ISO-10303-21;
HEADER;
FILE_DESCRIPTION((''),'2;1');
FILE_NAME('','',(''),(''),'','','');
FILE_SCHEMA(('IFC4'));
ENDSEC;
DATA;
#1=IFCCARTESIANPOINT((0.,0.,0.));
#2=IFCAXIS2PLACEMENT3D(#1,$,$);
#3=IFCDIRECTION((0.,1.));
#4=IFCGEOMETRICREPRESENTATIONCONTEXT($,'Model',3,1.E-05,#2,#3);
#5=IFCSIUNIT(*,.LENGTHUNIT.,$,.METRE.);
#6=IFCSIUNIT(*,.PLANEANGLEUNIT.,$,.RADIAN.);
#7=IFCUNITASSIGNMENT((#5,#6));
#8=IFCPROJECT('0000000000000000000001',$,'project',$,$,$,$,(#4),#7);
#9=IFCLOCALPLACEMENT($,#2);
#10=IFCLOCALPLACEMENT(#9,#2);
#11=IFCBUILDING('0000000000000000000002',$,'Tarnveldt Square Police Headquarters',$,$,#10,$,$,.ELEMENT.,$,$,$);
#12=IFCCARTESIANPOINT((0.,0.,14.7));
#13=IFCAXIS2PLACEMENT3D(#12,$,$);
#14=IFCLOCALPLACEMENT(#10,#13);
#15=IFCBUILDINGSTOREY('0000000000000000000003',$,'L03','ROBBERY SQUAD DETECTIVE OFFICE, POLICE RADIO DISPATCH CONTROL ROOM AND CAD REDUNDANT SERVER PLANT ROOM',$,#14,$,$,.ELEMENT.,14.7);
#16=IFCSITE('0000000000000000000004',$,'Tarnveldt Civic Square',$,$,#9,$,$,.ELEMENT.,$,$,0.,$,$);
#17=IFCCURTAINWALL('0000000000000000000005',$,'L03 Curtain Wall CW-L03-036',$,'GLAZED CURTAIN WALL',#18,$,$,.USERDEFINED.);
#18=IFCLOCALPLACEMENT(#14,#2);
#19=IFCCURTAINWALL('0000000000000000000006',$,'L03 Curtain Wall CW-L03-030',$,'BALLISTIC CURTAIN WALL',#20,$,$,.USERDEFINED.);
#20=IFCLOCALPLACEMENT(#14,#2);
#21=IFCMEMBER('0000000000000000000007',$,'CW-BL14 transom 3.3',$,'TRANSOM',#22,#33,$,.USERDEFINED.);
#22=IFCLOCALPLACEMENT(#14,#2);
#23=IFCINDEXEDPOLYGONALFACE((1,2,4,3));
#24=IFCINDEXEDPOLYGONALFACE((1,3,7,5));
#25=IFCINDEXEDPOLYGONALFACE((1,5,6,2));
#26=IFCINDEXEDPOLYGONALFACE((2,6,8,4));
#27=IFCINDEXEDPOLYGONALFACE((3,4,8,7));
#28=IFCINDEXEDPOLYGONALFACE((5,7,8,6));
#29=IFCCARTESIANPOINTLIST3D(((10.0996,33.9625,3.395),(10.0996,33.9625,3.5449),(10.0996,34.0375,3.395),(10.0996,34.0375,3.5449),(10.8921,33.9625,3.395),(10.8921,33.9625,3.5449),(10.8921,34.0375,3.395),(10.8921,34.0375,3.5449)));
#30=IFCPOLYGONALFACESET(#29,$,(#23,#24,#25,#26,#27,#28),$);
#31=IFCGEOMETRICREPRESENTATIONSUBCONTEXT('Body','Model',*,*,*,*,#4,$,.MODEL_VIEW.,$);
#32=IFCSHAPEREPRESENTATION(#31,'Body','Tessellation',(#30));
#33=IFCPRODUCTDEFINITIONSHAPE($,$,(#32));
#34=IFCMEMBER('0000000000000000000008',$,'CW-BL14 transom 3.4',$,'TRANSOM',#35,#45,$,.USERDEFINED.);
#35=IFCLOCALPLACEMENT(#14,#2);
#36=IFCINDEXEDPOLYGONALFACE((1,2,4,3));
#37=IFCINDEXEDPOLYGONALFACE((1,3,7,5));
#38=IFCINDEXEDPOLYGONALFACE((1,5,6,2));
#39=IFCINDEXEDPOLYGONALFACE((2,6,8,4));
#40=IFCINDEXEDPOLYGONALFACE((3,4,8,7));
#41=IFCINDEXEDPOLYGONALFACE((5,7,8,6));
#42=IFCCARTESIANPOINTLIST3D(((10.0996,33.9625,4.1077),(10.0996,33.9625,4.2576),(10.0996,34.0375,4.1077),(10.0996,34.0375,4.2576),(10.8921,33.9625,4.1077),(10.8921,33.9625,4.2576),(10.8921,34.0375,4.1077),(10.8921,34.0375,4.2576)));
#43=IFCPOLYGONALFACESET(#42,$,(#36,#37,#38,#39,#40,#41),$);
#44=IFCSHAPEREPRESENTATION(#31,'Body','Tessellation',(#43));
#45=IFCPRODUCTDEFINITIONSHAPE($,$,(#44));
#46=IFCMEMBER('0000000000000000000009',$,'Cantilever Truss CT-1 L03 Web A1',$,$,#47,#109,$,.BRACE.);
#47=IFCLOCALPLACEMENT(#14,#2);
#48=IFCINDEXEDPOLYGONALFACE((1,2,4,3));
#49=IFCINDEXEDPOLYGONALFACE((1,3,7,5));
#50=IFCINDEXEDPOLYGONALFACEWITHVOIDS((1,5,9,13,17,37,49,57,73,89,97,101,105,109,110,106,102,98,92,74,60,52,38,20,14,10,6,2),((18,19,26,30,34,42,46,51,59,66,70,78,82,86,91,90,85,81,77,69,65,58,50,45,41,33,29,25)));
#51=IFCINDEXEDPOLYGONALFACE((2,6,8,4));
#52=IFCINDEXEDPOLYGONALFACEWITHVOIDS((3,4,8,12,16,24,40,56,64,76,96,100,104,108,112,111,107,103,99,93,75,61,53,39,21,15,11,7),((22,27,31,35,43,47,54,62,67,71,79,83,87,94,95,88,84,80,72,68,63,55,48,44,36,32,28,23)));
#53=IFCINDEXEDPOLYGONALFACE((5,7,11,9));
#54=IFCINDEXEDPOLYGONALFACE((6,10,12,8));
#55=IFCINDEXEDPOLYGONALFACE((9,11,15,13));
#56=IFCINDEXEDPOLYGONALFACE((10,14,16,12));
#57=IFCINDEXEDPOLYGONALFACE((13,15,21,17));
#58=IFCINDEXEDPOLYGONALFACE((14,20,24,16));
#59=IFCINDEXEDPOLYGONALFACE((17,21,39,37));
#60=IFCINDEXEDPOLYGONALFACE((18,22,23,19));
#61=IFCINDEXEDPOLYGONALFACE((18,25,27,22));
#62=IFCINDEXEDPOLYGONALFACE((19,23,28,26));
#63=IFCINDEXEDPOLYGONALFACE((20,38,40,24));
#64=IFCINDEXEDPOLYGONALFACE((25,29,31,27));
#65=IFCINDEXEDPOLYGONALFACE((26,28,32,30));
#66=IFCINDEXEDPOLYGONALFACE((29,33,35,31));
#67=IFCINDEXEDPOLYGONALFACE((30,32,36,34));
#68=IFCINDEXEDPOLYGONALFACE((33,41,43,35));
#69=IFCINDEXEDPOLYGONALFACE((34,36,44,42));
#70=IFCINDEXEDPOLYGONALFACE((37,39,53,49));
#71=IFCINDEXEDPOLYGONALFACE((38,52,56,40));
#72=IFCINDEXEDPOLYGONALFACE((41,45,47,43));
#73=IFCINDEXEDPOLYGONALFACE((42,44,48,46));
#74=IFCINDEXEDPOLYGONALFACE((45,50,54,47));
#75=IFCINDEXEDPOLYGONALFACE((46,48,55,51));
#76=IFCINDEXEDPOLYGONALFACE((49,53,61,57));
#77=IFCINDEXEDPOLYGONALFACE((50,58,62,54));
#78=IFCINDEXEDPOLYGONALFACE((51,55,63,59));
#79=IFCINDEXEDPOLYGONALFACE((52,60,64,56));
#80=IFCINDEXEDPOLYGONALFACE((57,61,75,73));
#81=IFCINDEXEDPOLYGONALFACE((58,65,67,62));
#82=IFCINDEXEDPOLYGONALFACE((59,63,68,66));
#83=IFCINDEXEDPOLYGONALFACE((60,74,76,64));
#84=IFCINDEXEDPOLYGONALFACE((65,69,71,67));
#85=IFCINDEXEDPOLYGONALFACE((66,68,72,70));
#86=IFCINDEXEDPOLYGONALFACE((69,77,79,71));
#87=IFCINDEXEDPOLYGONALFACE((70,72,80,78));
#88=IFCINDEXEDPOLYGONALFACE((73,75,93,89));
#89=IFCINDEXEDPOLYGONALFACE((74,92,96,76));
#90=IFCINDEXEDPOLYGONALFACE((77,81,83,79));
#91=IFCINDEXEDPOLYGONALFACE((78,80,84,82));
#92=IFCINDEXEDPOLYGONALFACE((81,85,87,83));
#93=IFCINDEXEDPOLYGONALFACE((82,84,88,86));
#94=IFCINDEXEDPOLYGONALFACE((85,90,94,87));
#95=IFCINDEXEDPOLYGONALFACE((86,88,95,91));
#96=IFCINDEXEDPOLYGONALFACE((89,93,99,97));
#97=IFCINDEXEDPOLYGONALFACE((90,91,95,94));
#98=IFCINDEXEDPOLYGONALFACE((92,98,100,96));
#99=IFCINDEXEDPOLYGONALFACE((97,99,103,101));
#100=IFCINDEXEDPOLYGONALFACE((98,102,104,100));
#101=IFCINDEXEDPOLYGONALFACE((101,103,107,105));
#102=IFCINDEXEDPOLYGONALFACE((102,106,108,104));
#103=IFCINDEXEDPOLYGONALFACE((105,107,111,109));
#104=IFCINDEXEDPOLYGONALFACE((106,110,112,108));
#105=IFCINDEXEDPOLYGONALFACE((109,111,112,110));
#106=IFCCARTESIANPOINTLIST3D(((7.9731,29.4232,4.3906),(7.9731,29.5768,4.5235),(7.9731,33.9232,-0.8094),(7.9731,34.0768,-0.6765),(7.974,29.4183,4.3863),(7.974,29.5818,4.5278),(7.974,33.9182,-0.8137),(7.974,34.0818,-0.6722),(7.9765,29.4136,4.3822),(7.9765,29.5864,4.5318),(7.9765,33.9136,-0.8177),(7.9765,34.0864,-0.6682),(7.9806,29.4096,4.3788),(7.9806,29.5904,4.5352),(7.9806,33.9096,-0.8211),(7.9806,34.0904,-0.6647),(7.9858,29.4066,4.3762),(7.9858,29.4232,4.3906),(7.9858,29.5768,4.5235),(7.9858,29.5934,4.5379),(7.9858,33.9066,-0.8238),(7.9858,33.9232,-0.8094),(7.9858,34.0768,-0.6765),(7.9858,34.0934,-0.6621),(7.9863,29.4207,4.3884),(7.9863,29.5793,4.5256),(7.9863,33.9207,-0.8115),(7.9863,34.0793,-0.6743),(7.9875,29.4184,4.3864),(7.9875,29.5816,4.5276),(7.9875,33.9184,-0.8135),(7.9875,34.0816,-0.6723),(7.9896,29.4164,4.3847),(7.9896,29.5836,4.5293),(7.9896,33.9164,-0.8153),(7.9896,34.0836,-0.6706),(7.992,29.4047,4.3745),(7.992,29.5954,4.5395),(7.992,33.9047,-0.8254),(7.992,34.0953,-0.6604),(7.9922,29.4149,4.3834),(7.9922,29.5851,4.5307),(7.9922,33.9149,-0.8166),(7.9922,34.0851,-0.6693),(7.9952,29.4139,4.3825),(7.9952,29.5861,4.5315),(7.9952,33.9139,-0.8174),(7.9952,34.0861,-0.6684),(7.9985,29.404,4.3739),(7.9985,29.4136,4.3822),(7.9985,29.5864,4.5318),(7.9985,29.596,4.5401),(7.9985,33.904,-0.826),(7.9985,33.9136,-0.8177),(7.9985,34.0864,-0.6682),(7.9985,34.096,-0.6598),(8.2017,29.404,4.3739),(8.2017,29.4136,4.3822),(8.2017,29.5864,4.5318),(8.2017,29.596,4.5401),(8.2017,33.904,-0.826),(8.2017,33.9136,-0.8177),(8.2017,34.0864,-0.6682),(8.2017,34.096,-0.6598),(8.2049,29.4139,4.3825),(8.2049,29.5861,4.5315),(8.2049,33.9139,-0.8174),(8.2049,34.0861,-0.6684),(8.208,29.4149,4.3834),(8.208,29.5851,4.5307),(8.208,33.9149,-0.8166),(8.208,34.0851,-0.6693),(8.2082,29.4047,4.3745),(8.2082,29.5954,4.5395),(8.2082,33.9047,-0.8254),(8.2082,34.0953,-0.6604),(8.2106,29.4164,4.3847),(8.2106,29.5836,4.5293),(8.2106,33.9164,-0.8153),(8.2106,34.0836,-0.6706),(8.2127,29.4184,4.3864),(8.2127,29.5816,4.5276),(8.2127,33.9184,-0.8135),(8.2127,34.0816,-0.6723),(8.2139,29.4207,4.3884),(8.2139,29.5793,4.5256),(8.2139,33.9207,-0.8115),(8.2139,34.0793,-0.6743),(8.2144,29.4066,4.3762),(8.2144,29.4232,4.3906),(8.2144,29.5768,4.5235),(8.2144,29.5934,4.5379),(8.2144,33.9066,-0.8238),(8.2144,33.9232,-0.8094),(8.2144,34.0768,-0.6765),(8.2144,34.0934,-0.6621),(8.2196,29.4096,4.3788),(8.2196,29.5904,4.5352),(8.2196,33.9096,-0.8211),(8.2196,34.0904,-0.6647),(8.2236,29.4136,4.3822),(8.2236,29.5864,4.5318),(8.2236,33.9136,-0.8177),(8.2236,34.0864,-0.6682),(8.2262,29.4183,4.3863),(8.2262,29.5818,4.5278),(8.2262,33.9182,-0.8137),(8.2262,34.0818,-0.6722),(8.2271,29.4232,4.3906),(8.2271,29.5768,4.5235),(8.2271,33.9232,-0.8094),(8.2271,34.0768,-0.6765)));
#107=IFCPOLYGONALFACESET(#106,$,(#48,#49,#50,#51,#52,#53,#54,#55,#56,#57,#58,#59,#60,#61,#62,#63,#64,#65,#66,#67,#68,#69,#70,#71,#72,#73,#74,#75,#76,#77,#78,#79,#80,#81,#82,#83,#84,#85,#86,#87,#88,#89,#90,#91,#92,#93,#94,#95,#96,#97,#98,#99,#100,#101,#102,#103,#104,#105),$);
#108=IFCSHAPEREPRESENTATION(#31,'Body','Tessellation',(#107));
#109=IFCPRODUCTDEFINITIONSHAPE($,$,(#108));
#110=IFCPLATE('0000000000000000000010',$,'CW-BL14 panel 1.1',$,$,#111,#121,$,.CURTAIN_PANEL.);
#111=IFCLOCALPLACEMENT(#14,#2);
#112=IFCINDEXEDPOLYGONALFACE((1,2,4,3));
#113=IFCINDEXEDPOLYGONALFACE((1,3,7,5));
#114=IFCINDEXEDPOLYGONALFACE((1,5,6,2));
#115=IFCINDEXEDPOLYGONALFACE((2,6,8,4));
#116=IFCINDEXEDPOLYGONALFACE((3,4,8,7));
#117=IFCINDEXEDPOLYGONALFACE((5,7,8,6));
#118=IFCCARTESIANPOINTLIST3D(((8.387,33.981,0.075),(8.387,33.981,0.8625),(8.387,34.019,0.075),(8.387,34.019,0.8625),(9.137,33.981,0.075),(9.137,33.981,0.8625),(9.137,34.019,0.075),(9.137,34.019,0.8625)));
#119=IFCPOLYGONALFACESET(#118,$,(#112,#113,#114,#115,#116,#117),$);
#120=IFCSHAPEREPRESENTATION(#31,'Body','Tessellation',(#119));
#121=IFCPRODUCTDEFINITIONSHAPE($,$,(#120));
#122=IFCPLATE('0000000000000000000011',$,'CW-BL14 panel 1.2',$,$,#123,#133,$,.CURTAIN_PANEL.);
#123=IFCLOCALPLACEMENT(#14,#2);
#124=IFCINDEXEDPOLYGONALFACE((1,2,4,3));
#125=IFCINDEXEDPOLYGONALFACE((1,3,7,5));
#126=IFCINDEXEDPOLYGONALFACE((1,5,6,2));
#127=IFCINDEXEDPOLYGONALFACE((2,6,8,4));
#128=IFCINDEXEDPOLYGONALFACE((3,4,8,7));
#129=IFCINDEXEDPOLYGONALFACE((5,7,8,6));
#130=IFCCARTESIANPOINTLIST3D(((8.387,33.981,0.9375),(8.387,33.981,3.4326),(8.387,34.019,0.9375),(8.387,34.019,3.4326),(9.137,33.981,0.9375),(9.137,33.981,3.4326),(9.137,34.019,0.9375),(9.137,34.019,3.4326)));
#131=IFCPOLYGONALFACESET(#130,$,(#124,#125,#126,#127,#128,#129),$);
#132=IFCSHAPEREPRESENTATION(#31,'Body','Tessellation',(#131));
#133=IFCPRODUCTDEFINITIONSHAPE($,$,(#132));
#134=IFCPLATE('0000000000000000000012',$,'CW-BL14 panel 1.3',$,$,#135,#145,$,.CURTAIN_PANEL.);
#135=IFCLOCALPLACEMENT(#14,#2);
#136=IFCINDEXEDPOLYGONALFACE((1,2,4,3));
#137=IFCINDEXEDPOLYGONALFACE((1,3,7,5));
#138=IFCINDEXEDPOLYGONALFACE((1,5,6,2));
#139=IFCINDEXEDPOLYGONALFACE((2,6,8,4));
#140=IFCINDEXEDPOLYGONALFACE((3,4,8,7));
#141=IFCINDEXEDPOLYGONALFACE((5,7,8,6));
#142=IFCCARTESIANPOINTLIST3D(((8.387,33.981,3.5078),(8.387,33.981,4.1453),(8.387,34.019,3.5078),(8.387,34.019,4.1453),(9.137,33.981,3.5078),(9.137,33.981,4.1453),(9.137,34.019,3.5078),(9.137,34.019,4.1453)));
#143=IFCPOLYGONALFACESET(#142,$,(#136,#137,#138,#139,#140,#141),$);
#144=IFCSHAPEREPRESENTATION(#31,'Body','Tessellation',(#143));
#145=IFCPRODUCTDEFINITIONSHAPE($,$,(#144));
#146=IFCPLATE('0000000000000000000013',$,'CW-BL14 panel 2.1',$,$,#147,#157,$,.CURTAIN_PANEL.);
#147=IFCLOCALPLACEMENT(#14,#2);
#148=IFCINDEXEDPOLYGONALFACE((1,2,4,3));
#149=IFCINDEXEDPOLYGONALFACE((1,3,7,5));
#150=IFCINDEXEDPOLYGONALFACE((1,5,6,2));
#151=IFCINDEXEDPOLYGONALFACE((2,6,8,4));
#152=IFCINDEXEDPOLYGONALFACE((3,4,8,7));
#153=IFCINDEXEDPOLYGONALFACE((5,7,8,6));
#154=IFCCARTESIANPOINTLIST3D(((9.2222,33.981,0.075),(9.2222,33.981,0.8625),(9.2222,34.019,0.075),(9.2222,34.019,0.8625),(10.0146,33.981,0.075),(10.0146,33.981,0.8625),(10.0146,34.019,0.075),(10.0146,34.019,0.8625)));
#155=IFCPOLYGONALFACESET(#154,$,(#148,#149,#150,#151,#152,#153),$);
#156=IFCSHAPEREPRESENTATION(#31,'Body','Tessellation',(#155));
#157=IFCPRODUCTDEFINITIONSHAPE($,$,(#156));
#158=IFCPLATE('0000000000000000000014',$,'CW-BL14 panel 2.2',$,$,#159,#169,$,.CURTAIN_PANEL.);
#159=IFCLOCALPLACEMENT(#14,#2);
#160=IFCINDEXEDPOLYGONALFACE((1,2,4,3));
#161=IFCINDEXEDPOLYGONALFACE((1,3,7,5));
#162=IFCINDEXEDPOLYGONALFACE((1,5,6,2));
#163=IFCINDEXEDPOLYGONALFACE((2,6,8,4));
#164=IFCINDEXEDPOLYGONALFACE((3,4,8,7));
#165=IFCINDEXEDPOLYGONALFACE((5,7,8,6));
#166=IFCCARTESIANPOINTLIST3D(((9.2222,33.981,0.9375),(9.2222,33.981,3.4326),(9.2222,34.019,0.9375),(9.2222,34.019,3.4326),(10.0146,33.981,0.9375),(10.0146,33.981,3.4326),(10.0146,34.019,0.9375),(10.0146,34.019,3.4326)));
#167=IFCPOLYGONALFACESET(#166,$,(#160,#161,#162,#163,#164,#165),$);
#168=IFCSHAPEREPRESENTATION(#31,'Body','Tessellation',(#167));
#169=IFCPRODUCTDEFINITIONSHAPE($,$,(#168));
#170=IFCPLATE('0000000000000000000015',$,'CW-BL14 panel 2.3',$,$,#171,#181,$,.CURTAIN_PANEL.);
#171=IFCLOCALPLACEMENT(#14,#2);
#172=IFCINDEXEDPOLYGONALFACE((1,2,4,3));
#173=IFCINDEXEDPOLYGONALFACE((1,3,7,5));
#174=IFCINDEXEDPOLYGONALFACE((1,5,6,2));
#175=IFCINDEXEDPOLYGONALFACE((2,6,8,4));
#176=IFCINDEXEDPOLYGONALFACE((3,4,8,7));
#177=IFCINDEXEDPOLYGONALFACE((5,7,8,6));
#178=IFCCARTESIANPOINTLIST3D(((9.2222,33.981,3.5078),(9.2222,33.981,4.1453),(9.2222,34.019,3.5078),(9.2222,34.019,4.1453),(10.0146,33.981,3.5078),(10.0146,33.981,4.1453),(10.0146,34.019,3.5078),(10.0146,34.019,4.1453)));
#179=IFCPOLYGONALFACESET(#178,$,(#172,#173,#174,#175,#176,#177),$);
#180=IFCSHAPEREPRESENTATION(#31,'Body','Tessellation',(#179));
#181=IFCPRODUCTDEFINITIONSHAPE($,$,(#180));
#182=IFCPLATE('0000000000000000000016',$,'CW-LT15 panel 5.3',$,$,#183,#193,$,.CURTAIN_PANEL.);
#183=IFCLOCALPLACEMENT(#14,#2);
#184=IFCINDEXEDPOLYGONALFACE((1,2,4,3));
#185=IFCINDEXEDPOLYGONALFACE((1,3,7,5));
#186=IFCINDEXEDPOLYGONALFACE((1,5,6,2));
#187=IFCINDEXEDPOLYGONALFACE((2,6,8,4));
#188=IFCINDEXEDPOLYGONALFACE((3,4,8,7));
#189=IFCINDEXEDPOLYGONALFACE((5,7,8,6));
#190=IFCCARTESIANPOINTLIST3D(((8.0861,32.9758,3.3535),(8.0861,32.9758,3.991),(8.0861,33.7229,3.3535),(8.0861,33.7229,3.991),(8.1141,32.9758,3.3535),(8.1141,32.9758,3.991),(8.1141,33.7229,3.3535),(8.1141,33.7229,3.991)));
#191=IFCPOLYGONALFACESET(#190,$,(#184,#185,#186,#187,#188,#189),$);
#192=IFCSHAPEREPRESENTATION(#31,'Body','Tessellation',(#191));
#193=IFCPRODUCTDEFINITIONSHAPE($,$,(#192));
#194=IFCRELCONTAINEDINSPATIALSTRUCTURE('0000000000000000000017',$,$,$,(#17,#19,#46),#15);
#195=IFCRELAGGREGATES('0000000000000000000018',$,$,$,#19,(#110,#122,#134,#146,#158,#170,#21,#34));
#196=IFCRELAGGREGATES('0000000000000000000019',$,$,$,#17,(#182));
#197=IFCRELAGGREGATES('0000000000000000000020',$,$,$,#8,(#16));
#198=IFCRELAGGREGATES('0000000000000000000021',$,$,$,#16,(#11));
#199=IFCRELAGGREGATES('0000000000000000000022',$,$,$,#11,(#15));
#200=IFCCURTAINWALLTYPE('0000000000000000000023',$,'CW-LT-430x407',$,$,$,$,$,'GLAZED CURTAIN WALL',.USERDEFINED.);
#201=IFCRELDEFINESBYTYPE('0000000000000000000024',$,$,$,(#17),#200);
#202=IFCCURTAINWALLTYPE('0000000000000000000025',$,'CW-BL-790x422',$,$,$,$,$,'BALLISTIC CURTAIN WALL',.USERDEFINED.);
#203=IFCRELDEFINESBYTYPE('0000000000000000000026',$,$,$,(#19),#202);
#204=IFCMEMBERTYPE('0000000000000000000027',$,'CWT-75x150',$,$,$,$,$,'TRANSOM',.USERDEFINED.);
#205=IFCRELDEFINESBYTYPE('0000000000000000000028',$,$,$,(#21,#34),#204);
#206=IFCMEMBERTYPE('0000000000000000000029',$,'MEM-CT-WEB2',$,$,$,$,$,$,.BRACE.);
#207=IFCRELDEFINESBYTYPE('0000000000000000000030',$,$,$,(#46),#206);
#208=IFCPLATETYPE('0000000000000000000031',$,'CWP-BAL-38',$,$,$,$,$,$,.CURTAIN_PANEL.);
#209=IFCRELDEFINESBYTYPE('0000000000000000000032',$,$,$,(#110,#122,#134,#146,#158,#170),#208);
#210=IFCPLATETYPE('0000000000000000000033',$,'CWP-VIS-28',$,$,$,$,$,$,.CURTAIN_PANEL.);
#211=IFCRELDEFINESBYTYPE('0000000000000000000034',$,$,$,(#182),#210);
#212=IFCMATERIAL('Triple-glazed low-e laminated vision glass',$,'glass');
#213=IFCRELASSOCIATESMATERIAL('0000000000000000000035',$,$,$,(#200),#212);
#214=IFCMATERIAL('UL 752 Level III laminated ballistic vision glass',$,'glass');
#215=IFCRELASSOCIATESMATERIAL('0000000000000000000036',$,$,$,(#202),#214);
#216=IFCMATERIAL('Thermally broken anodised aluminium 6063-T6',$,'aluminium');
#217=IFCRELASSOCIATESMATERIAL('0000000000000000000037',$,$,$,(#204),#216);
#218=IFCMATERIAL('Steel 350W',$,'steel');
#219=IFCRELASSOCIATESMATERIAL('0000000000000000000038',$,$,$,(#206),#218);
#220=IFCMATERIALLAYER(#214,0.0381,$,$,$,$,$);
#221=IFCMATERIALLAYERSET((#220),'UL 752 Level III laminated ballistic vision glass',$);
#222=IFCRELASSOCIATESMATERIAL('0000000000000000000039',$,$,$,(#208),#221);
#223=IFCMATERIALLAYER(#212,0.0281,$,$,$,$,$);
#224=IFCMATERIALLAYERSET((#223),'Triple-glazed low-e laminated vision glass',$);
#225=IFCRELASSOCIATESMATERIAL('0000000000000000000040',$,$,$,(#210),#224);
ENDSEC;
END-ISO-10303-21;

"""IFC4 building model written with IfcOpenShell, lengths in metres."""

from ifc_helpers import new_model, si_unit, direction, frame, origin, origin_2d, place, context, subcontext, project, spatial, rectangle, hollow_rectangle, extrude, material, layer, layer_set, material_profile, profile_set, type_object, element, aggregate, save


model = new_model("IFC4")

# Units and contexts
model_context = context("Model", 3, precision=1e-05, world=origin(), true_north=direction((0.0, 1.0)))
body_context = subcontext(model_context, "Body", "Model", "MODEL_VIEW")
ifc_project = project(units=[si_unit("LENGTHUNIT", "METRE"), si_unit("PLANEANGLEUNIT", "RADIAN")], contexts=[model_context])

# Site, building, storey
site_placement = place(None, origin())
site = spatial("IfcSite", under=ifc_project, at=site_placement, Name="Tarnveldt Civic Square", CompositionType="ELEMENT", RefElevation=0.0)
building_placement = place(site_placement, origin())
building = spatial("IfcBuilding", under=site, at=building_placement, Name="Tarnveldt Square Police Headquarters", CompositionType="ELEMENT")
storey_placement = place(building_placement, frame((0.0, 0.0, 14.7)))
storey = spatial("IfcBuildingStorey", under=building, at=storey_placement, Name="L03", Description="ROBBERY SQUAD DETECTIVE OFFICE, POLICE RADIO DISPATCH CONTROL ROOM AND CAD REDUNDANT SERVER PLANT ROOM", CompositionType="ELEMENT", Elevation=14.7)

# Shared definitions
ifc_material_1 = material(Name="Steel 350W", Category="steel")

# Curtain wall
ifc_material_2 = material(Name="Triple-glazed low-e laminated vision glass", Category="glass")
curtain_wall_type_1 = type_object("IfcCurtainWallType", Name="CW-LT-430x407", ElementType="GLAZED CURTAIN WALL", PredefinedType="USERDEFINED", material=ifc_material_2)
curtain_wall_1_placement = place(storey_placement, origin())
curtain_wall_1 = element("IfcCurtainWall", 1, at=curtain_wall_1_placement, inside=storey, type_object=curtain_wall_type_1, Name="L03 Curtain Wall CW-L03-036", ObjectType="GLAZED CURTAIN WALL", PredefinedType="USERDEFINED")
ifc_material_3 = material(Name="Thermally broken anodised aluminium 6063-T6", Category="aluminium")

# Curtain wall, members
ifc_material_4 = material(Name="UL 752 Level III laminated ballistic vision glass", Category="glass")
curtain_wall_type_2 = type_object("IfcCurtainWallType", Name="CW-BL-790x422", ElementType="BALLISTIC CURTAIN WALL", PredefinedType="USERDEFINED", material=ifc_material_4)
curtain_wall_2_placement = place(storey_placement, origin())
curtain_wall_2 = element("IfcCurtainWall", 2, at=curtain_wall_2_placement, inside=storey, type_object=curtain_wall_type_2, Name="L03 Curtain Wall CW-L03-030", ObjectType="BALLISTIC CURTAIN WALL", PredefinedType="USERDEFINED")
ifc_material_profile_1 = material_profile(ifc_material_3, rectangle(XDim=0.075, YDim=0.1499, at=origin_2d()), Name="CW-T75x150")
ifc_profile_set_1 = profile_set([ifc_material_profile_1], Name="Thermally broken anodised aluminium 6063-T6")
member_type_1 = type_object("IfcMemberType", Name="CWT-75x150", ElementType="TRANSOM", PredefinedType="USERDEFINED", material=ifc_profile_set_1)
member_1_placement = place(storey_placement, frame((10.0996, 34.0, 3.47), z_axis=(1.0, 0.0, 0.0), x_axis=(0.0, 1.0, 0.0)))
member_1 = element("IfcMember", 3, at=member_1_placement, type_object=member_type_1, Name="CW-BL14 transom 3.3", ObjectType="TRANSOM", PredefinedType="USERDEFINED", context=body_context, shape_type="SweptSolid", body=[
    extrude(rectangle(XDim=0.075, YDim=0.1499, at=origin_2d()), origin(), (0.0, 0.0, 1.0), 0.7925),
])
member_2_placement = place(storey_placement, frame((10.0996, 34.0, 4.1826), z_axis=(1.0, 0.0, 0.0), x_axis=(0.0, 1.0, 0.0)))
member_2 = element("IfcMember", 4, at=member_2_placement, type_object=member_type_1, Name="CW-BL14 transom 3.4", ObjectType="TRANSOM", PredefinedType="USERDEFINED", context=body_context, shape_type="SweptSolid", body=[
    extrude(rectangle(XDim=0.075, YDim=0.1499, at=origin_2d()), origin(), (0.0, 0.0, 1.0), 0.7925),
])

# Member
ifc_material_profile_2 = material_profile(ifc_material_1, hollow_rectangle(XDim=0.2539, YDim=0.2539, WallThickness=0.0127, InnerFilletRadius=0.0127, OuterFilletRadius=0.0254, at=origin_2d()), Name="HSS254x254x13")
ifc_profile_set_2 = profile_set([ifc_material_profile_2], Name="Steel 350W")
member_type_2 = type_object("IfcMemberType", Name="MEM-CT-WEB2", PredefinedType="BRACE", material=ifc_profile_set_2)
member_3_placement = place(storey_placement, frame((8.1001, 34.0, -0.7429), z_axis=(0.0, -0.65438, 0.756166), x_axis=(1.0, 0.0, 0.0)))
element("IfcMember", 5, at=member_3_placement, inside=storey, type_object=member_type_2, Name="Cantilever Truss CT-1 L03 Web A1", PredefinedType="BRACE", context=body_context, shape_type="SweptSolid", body=[
    extrude(hollow_rectangle(XDim=0.2539, YDim=0.2539, WallThickness=0.0127, InnerFilletRadius=0.0127, OuterFilletRadius=0.0254, at=origin_2d()), origin(), (0.0, 0.0, 1.0), 6.8767),
])

# Plates
ifc_layer_1 = layer(ifc_material_4, 0.0381)
ifc_layer_set_1 = layer_set([ifc_layer_1], Name="UL 752 Level III laminated ballistic vision glass")
plate_type_1 = type_object("IfcPlateType", Name="CWP-BAL-38", PredefinedType="CURTAIN_PANEL", material=ifc_layer_set_1)
plate_1_placement = place(storey_placement, frame((8.762, 34.0, 0.075), z_axis=(0.0, 0.0, 1.0), x_axis=(1.0, 0.0, 0.0)))
plate_1 = element("IfcPlate", 6, at=plate_1_placement, type_object=plate_type_1, Name="CW-BL14 panel 1.1", PredefinedType="CURTAIN_PANEL", context=body_context, shape_type="SweptSolid", body=[
    extrude(rectangle(XDim=0.75, YDim=0.0381, at=origin_2d()), origin(), (0.0, 0.0, 1.0), 0.7876),
])
plate_2_placement = place(storey_placement, frame((8.762, 34.0, 0.9375), z_axis=(0.0, 0.0, 1.0), x_axis=(1.0, 0.0, 0.0)))
plate_2 = element("IfcPlate", 7, at=plate_2_placement, type_object=plate_type_1, Name="CW-BL14 panel 1.2", PredefinedType="CURTAIN_PANEL", context=body_context, shape_type="SweptSolid", body=[
    extrude(rectangle(XDim=0.75, YDim=0.0381, at=origin_2d()), origin(), (0.0, 0.0, 1.0), 2.4951),
])
plate_3_placement = place(storey_placement, frame((8.762, 34.0, 3.5078), z_axis=(0.0, 0.0, 1.0), x_axis=(1.0, 0.0, 0.0)))
plate_3 = element("IfcPlate", 8, at=plate_3_placement, type_object=plate_type_1, Name="CW-BL14 panel 1.3", PredefinedType="CURTAIN_PANEL", context=body_context, shape_type="SweptSolid", body=[
    extrude(rectangle(XDim=0.75, YDim=0.0381, at=origin_2d()), origin(), (0.0, 0.0, 1.0), 0.6375),
])
plate_4_placement = place(storey_placement, frame((9.6184, 34.0, 0.075), z_axis=(0.0, 0.0, 1.0), x_axis=(1.0, 0.0, 0.0)))
plate_4 = element("IfcPlate", 9, at=plate_4_placement, type_object=plate_type_1, Name="CW-BL14 panel 2.1", PredefinedType="CURTAIN_PANEL", context=body_context, shape_type="SweptSolid", body=[
    extrude(rectangle(XDim=0.7925, YDim=0.0381, at=origin_2d()), origin(), (0.0, 0.0, 1.0), 0.7876),
])
plate_5_placement = place(storey_placement, frame((9.6184, 34.0, 0.9375), z_axis=(0.0, 0.0, 1.0), x_axis=(1.0, 0.0, 0.0)))
plate_5 = element("IfcPlate", 10, at=plate_5_placement, type_object=plate_type_1, Name="CW-BL14 panel 2.2", PredefinedType="CURTAIN_PANEL", context=body_context, shape_type="SweptSolid", body=[
    extrude(rectangle(XDim=0.7925, YDim=0.0381, at=origin_2d()), origin(), (0.0, 0.0, 1.0), 2.4951),
])
plate_6_placement = place(storey_placement, frame((9.6184, 34.0, 3.5078), z_axis=(0.0, 0.0, 1.0), x_axis=(1.0, 0.0, 0.0)))
plate_6 = element("IfcPlate", 11, at=plate_6_placement, type_object=plate_type_1, Name="CW-BL14 panel 2.3", PredefinedType="CURTAIN_PANEL", context=body_context, shape_type="SweptSolid", body=[
    extrude(rectangle(XDim=0.7925, YDim=0.0381, at=origin_2d()), origin(), (0.0, 0.0, 1.0), 0.6375),
])
aggregate(curtain_wall_2, [plate_1, plate_2, plate_3, plate_4, plate_5, plate_6, member_1, member_2])
ifc_layer_2 = layer(ifc_material_2, 0.0281)
ifc_layer_set_2 = layer_set([ifc_layer_2], Name="Triple-glazed low-e laminated vision glass")
plate_type_2 = type_object("IfcPlateType", Name="CWP-VIS-28", PredefinedType="CURTAIN_PANEL", material=ifc_layer_set_2)
plate_7_placement = place(storey_placement, frame((8.1001, 33.3494, 3.3535), z_axis=(0.0, 0.0, 1.0), x_axis=(0.0, 1.0, 0.0)))
plate_7 = element("IfcPlate", 12, at=plate_7_placement, type_object=plate_type_2, Name="CW-LT15 panel 5.3", PredefinedType="CURTAIN_PANEL", context=body_context, shape_type="SweptSolid", body=[
    extrude(rectangle(XDim=0.7471, YDim=0.0281, at=origin_2d()), origin(), (0.0, 0.0, 1.0), 0.6375),
])
aggregate(curtain_wall_1, [plate_7])

save(model, "model.ifc")
